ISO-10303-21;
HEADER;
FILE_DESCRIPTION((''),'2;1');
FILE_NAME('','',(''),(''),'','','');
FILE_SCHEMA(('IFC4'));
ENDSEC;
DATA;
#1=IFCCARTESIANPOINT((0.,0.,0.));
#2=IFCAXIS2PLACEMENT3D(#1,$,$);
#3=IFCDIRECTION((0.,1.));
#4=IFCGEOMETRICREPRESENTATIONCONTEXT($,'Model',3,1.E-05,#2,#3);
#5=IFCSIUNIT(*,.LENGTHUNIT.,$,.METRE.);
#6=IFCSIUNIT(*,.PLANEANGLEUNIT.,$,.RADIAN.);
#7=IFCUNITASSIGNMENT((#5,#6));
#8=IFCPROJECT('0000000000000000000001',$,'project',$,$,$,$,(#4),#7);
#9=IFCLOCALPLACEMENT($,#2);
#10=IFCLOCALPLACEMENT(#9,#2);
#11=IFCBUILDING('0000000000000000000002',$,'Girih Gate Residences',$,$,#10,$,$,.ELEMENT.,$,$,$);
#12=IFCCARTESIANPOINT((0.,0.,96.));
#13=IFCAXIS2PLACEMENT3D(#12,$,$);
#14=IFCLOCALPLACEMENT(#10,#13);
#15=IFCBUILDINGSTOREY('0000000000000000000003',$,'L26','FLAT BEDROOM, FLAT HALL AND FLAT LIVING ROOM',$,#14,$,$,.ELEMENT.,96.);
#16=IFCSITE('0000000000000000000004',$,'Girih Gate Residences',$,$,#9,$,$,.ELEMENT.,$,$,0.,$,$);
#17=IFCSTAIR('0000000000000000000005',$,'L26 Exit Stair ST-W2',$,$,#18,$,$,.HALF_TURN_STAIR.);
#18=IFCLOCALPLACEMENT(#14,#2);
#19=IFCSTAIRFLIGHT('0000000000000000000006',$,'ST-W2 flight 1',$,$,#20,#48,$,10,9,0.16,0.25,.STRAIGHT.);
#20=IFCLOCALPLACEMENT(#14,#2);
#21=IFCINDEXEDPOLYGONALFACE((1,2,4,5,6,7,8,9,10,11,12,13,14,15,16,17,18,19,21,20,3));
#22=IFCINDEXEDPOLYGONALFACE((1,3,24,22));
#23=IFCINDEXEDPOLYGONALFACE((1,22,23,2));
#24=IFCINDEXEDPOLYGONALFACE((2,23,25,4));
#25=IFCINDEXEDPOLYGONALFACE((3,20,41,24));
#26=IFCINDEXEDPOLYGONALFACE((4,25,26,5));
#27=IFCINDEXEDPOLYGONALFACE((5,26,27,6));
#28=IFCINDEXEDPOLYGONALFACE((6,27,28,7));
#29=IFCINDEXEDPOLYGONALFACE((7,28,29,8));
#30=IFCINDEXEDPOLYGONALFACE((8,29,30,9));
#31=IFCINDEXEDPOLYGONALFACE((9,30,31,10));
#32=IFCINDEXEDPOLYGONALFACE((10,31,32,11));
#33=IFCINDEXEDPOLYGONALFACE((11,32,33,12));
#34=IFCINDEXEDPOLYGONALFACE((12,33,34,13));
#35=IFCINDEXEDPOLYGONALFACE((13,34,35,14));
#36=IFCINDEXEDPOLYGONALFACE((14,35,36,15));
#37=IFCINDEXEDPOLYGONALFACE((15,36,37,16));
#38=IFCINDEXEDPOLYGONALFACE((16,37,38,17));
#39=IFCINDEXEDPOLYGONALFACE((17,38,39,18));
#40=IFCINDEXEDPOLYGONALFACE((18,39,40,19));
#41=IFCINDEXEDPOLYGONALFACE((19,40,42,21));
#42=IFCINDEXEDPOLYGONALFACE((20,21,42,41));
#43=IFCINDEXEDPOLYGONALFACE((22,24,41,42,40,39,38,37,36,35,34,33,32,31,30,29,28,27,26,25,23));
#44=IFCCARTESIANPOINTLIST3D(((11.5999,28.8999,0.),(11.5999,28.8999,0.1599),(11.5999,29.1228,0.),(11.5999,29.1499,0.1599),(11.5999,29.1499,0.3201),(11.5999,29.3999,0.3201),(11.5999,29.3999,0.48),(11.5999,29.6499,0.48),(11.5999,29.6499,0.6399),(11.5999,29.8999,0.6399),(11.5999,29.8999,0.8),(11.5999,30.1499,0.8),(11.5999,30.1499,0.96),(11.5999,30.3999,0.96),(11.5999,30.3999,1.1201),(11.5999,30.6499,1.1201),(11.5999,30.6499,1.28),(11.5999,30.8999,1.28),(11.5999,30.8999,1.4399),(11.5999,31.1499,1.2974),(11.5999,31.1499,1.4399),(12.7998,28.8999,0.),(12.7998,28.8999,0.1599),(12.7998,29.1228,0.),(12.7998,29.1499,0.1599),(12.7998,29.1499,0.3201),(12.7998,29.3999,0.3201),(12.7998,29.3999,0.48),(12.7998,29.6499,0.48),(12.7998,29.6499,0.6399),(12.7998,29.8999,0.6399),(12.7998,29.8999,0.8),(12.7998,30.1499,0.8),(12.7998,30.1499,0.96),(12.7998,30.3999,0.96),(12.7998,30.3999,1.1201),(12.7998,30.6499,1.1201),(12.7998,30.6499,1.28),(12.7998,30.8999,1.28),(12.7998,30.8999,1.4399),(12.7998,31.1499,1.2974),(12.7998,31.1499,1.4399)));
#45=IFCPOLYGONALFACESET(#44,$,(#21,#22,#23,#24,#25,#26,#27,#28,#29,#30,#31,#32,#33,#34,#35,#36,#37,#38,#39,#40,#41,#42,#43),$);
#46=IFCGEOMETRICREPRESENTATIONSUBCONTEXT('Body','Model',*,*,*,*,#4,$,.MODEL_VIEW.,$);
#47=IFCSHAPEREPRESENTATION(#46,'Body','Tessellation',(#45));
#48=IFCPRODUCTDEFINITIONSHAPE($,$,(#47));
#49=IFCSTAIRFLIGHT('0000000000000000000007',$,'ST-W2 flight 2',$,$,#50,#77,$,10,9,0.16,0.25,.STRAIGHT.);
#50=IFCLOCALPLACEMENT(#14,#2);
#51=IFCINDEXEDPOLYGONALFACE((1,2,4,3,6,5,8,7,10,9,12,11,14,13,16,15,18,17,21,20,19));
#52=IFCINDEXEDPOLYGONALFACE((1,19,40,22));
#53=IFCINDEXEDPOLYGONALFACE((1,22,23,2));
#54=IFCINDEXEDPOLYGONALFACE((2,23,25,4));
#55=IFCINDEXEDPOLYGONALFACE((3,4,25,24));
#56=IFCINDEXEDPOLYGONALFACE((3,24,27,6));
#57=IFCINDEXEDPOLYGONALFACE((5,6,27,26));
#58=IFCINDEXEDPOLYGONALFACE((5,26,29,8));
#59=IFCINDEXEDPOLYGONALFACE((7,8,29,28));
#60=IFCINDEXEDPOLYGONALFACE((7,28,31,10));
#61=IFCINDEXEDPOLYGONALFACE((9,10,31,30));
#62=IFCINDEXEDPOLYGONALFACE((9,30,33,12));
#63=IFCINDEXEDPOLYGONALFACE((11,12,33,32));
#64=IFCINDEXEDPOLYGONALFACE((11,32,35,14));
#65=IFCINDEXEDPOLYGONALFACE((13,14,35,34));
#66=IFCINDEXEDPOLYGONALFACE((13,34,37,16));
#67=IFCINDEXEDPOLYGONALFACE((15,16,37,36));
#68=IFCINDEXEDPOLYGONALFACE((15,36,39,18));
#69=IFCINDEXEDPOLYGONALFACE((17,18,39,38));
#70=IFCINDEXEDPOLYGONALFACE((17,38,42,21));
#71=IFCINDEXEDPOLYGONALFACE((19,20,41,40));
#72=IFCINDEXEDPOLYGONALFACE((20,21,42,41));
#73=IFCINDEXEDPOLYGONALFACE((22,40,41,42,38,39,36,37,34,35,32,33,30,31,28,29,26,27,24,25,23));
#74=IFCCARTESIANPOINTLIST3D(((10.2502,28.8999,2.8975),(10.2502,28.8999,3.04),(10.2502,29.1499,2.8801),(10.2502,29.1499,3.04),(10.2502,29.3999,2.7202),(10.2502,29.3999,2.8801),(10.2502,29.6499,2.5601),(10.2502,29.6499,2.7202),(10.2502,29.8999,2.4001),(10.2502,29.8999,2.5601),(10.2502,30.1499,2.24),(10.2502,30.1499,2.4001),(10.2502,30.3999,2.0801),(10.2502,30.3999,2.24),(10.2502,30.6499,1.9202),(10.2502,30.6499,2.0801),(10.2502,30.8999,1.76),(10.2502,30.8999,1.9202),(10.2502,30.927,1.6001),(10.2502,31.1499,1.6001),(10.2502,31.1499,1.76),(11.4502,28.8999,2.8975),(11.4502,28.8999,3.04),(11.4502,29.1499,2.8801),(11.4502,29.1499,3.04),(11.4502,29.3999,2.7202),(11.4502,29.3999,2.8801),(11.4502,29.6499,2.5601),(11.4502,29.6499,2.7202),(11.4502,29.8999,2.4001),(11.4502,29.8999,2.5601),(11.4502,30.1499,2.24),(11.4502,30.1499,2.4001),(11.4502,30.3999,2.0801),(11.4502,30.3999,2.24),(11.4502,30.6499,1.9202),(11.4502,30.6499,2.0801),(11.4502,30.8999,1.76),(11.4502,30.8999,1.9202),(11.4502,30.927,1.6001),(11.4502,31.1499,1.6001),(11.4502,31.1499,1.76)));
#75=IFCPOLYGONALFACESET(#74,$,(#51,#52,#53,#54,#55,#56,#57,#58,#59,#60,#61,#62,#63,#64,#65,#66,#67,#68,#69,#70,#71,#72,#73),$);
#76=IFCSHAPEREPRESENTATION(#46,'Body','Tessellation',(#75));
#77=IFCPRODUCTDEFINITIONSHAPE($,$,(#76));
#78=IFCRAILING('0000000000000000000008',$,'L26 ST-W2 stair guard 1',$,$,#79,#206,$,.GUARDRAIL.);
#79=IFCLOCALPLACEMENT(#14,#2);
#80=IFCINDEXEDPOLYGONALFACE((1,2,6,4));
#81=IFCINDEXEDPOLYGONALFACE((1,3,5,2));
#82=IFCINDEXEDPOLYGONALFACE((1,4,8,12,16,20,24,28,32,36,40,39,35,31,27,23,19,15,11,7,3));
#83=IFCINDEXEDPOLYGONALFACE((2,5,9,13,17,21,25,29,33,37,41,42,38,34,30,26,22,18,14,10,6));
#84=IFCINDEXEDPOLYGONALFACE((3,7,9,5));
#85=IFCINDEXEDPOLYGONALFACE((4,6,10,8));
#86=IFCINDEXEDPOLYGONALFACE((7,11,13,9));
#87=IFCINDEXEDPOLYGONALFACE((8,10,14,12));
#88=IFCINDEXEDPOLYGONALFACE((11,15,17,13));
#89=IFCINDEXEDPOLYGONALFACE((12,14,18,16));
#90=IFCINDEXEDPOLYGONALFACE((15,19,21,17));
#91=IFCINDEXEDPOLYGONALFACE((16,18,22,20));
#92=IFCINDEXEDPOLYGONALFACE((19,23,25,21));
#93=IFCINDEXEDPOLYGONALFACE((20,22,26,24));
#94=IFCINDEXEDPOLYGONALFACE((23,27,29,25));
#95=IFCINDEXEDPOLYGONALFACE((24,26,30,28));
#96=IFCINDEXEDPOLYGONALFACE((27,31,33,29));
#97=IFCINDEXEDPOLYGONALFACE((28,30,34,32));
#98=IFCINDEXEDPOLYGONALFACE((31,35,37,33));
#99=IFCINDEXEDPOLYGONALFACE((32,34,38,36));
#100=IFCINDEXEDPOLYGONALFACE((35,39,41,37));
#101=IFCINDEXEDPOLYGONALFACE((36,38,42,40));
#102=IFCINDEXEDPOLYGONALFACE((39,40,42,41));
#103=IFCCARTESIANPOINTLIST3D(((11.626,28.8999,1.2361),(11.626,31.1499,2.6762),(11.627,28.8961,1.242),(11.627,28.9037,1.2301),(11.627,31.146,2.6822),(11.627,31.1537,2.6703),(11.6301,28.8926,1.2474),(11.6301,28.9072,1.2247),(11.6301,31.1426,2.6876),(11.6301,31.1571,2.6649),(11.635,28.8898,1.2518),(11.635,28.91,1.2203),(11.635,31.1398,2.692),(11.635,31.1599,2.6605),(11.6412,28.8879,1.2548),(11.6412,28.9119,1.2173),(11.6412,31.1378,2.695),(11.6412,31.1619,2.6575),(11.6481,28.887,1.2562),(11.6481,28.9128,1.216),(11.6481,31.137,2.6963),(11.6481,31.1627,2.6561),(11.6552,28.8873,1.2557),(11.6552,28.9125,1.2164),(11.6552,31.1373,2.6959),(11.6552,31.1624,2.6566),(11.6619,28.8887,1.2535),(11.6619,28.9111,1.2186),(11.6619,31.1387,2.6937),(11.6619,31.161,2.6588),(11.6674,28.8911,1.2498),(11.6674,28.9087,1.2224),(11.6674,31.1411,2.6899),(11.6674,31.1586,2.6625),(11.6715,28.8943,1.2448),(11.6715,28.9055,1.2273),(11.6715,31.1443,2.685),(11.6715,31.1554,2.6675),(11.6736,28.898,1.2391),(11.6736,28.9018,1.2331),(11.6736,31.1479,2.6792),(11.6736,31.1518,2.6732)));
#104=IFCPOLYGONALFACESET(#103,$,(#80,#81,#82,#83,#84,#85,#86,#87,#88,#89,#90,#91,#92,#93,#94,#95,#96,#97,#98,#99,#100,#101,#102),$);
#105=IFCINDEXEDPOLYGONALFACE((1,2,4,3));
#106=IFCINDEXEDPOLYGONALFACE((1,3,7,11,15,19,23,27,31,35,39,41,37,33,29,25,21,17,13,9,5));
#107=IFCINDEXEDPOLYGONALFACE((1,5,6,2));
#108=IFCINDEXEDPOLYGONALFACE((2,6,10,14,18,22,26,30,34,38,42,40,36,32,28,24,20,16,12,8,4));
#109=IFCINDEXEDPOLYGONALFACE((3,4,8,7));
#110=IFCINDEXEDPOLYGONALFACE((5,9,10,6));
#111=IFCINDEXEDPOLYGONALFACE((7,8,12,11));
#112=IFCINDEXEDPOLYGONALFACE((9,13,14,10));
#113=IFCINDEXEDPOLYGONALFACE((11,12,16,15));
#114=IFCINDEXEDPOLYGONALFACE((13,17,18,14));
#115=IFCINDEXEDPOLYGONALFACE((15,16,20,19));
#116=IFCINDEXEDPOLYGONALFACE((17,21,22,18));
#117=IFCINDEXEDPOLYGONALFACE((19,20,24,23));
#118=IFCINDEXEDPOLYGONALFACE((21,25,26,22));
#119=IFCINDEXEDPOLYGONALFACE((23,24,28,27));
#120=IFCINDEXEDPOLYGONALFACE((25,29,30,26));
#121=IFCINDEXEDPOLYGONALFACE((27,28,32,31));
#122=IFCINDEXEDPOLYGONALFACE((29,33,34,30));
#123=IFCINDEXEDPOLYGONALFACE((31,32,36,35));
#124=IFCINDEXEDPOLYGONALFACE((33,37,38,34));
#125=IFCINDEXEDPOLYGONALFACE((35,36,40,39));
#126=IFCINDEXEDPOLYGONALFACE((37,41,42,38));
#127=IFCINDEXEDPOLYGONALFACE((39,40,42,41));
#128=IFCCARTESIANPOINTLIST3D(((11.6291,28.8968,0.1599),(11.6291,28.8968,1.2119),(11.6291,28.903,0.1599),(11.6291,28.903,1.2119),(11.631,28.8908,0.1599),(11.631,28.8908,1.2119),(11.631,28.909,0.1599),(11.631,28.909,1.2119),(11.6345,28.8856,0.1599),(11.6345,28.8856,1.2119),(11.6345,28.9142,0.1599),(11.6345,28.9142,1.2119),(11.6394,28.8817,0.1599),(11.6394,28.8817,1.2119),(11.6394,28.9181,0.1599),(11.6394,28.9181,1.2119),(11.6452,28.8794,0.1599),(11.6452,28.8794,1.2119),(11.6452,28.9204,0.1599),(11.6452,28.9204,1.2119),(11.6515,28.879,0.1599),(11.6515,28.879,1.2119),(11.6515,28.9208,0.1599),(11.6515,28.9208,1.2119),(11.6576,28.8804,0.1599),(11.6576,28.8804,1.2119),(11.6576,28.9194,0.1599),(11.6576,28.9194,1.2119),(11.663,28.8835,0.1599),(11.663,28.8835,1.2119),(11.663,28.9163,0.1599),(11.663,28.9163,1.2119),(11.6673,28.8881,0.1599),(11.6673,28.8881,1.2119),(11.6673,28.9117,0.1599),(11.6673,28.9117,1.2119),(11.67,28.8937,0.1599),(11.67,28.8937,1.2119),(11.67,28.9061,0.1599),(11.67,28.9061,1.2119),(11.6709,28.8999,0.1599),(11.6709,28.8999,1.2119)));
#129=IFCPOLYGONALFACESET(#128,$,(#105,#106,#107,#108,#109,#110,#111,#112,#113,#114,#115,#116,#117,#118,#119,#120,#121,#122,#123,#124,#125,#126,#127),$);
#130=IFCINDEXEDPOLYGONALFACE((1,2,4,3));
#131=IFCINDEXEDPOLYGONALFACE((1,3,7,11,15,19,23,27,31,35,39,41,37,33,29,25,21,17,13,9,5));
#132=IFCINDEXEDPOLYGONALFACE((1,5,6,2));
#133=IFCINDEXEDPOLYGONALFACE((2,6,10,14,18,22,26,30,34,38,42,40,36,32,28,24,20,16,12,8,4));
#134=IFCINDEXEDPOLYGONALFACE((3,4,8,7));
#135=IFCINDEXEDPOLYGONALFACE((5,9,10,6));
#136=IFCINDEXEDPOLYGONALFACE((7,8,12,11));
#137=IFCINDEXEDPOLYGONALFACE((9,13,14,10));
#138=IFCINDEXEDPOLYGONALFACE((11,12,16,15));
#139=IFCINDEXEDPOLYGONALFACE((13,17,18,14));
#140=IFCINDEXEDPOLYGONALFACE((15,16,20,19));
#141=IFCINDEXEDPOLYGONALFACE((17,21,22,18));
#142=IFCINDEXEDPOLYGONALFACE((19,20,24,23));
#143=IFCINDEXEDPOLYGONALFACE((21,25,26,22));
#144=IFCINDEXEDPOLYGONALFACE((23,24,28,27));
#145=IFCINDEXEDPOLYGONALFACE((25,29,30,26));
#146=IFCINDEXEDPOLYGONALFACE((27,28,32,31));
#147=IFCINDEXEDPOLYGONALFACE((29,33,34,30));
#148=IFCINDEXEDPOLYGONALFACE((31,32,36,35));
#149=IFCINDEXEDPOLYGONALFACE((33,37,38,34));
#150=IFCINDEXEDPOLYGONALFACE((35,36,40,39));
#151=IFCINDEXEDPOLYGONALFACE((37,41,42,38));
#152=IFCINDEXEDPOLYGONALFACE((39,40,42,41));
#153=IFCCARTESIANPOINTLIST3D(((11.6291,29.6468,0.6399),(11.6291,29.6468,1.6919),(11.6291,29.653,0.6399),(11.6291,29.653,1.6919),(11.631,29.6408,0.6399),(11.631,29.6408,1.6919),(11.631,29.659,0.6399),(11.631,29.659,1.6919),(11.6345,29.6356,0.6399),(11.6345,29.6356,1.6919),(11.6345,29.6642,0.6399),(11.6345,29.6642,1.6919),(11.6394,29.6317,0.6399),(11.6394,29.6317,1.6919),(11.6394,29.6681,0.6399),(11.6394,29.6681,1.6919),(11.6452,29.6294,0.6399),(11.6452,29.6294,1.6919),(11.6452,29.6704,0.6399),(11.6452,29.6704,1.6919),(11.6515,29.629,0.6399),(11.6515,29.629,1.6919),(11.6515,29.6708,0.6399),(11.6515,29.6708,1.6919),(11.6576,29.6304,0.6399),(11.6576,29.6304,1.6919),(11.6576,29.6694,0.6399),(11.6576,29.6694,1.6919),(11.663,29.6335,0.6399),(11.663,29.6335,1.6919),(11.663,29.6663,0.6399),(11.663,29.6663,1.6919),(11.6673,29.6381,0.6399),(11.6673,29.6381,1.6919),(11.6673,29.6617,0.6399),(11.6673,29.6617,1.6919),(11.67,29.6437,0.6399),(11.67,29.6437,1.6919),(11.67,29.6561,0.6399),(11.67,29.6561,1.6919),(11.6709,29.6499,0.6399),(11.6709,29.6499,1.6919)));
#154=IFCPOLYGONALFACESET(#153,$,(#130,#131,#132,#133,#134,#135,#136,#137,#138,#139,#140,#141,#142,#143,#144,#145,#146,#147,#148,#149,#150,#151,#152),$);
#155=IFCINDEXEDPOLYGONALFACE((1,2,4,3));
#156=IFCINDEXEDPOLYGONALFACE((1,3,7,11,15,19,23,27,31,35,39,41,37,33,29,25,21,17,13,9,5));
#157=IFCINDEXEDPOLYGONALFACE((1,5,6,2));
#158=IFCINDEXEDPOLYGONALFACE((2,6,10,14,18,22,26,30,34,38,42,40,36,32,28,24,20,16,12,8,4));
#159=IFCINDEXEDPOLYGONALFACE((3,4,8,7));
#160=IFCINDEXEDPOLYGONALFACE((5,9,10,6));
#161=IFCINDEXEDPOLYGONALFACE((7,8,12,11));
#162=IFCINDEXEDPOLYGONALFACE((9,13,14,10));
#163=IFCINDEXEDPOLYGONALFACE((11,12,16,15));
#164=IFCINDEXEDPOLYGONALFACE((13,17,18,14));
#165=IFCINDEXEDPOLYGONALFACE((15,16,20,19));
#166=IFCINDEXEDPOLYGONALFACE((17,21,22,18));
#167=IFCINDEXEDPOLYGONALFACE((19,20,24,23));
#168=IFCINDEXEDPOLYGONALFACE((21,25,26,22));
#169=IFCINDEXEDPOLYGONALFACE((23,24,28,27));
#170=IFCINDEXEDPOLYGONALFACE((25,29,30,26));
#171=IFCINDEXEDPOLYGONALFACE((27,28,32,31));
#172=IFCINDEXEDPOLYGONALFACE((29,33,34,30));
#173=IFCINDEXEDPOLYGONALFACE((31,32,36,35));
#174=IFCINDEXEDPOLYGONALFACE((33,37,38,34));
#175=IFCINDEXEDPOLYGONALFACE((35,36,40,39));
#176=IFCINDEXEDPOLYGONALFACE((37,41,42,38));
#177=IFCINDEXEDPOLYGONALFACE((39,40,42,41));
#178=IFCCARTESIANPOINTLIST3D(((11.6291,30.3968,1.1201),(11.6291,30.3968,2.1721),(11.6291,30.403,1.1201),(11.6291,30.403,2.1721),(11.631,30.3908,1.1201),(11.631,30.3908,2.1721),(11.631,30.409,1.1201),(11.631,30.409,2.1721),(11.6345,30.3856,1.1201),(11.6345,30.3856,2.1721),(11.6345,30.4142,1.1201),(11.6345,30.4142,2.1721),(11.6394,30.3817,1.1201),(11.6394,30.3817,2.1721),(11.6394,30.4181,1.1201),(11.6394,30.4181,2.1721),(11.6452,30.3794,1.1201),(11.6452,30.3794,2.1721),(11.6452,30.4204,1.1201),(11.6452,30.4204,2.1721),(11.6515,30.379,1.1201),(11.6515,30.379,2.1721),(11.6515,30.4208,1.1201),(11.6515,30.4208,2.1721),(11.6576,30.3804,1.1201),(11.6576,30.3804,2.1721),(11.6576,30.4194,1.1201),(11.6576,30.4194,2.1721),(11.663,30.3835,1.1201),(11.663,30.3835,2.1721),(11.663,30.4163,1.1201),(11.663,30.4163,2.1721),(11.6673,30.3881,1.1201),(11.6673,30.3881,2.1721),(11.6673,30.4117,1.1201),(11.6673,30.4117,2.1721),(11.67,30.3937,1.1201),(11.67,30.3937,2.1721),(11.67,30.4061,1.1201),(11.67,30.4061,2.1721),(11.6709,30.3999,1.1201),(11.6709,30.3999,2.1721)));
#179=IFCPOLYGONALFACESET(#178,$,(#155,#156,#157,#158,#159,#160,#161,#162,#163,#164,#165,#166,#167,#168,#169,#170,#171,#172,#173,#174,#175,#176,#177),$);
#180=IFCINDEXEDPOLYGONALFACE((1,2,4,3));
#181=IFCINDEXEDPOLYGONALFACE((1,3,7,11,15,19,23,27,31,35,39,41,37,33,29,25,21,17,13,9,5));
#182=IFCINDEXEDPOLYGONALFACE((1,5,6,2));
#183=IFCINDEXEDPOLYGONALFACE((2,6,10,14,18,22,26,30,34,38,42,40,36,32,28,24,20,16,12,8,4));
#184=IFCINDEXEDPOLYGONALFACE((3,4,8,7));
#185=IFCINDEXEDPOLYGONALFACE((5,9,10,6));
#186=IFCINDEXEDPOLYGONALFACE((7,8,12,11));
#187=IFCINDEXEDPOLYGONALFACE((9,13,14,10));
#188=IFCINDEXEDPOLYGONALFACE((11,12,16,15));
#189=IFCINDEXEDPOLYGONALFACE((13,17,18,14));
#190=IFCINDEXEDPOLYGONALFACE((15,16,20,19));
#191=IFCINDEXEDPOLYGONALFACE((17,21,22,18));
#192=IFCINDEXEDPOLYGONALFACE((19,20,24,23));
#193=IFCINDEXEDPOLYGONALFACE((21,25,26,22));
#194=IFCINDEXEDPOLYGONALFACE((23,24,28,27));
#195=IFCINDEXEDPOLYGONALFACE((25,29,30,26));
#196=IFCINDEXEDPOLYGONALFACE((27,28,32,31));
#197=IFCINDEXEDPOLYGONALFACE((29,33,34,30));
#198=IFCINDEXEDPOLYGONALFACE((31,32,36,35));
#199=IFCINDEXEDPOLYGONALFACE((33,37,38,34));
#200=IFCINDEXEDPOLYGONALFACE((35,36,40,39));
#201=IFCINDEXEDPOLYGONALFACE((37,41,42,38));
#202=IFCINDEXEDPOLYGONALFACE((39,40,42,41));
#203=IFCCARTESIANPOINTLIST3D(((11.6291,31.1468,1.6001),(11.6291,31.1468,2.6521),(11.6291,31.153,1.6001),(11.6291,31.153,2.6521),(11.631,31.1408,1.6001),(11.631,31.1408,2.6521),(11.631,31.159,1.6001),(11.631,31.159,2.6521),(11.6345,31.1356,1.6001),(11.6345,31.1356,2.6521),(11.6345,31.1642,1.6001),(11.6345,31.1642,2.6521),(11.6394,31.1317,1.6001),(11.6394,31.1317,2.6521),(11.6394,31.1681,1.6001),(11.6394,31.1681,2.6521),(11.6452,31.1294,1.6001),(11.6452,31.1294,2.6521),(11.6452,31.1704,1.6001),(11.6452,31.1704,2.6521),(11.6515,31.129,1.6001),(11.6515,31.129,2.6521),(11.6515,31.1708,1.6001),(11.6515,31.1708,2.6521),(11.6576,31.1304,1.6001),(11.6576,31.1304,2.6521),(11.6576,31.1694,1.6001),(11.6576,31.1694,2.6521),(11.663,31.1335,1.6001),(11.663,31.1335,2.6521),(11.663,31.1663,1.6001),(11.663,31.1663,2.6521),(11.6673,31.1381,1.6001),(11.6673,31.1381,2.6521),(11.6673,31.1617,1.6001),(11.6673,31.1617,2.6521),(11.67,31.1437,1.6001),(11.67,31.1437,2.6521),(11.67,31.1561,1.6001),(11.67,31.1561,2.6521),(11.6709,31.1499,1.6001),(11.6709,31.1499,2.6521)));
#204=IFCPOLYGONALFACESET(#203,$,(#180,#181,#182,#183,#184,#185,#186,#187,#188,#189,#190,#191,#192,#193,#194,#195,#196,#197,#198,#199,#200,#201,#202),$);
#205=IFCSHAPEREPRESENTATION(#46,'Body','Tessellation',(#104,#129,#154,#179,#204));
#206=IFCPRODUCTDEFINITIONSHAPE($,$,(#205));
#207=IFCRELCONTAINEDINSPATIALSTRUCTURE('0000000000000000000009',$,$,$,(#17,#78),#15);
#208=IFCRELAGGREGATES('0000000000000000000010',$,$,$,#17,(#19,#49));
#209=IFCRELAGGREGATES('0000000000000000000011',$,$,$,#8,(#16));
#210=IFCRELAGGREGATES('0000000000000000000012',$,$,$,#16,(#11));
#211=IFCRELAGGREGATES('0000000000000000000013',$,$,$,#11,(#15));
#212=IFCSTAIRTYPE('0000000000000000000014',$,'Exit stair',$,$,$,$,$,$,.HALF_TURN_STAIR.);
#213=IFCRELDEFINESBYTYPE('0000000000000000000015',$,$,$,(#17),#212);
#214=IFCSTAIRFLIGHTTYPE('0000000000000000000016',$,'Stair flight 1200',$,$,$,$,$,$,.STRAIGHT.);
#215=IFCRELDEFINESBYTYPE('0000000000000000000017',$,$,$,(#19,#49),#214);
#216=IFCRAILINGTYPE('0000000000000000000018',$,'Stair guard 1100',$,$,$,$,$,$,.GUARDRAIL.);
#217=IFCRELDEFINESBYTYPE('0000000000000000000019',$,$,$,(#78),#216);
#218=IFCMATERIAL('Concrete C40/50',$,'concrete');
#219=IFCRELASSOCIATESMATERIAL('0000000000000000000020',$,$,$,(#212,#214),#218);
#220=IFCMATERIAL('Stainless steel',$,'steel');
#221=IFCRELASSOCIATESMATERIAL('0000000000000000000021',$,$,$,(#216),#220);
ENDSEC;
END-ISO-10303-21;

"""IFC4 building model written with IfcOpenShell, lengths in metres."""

from ifc_helpers import new_model, si_unit, direction, frame, origin, origin_2d, place, context, subcontext, project, spatial, polyline, circle, outline, extrude, material, type_object, element, aggregate, save


model = new_model("IFC4")

# Units and contexts
model_context = context("Model", 3, precision=1e-05, world=origin(), true_north=direction((0.0, 1.0)))
body_context = subcontext(model_context, "Body", "Model", "MODEL_VIEW")
ifc_project = project(units=[si_unit("LENGTHUNIT", "METRE"), si_unit("PLANEANGLEUNIT", "RADIAN")], contexts=[model_context])

# Site, building, storey
site_placement = place(None, origin())
site = spatial("IfcSite", under=ifc_project, at=site_placement, Name="Girih Gate Residences", CompositionType="ELEMENT", RefElevation=0.0)
building_placement = place(site_placement, origin())
building = spatial("IfcBuilding", under=site, at=building_placement, Name="Girih Gate Residences", CompositionType="ELEMENT")
storey_placement = place(building_placement, frame((0.0, 0.0, 96.0)))
storey = spatial("IfcBuildingStorey", under=building, at=storey_placement, Name="L26", Description="FLAT BEDROOM, FLAT HALL AND FLAT LIVING ROOM", CompositionType="ELEMENT", Elevation=96.0)

# Shared definitions
ifc_material_1 = material(Name="Concrete C40/50", Category="concrete")

# Stair, stair flights
stair_type = type_object("IfcStairType", Name="Exit stair", PredefinedType="HALF_TURN_STAIR", material=ifc_material_1)
stair_placement = place(storey_placement, origin())
stair = element("IfcStair", 1, at=stair_placement, inside=storey, type_object=stair_type, Name="L26 Exit Stair ST-W2", PredefinedType="HALF_TURN_STAIR")
stair_flight_type = type_object("IfcStairFlightType", Name="Stair flight 1200", PredefinedType="STRAIGHT", material=ifc_material_1)
stair_flight_1_placement = place(storey_placement, frame((12.2, 28.8999, 0.0), z_axis=(0.0, 0.0, 1.0), x_axis=(0.0, 1.0, 0.0)))
stair_flight_1 = element("IfcStairFlight", 2, at=stair_flight_1_placement, type_object=stair_flight_type, Name="ST-W2 flight 1", NumberOfRisers=10, NumberOfTreads=9, PredefinedType="STRAIGHT", RiserHeight=0.16, TreadLength=0.25, context=body_context, shape_type="SweptSolid", body=[
    extrude(outline(polyline([(0.0, 0.0), (0.0, 0.1599), (0.25, 0.1599), (0.25, 0.3201), (0.5, 0.3201), (0.5, 0.48), (0.75, 0.48), (0.75, 0.6399), (1.0, 0.6399), (1.0, 0.8), (1.25, 0.8), (1.25, 0.96), (1.5, 0.96), (1.5, 1.1201), (1.75, 1.1201), (1.75, 1.28), (2.0, 1.28), (2.0, 1.4399), (2.25, 1.4399), (2.25, 1.6001), (2.25, 1.2974), (0.2229, 0.0), (0.0, 0.0)])), frame((0.0, 0.6001, 0.0), z_axis=(0.0, -1.0, 0.0), x_axis=(1.0, 0.0, 0.0)), (0.0, 0.0, 1.0), 1.2),
])
stair_flight_2_placement = place(storey_placement, frame((10.8501, 31.1499, 1.6001), z_axis=(0.0, 0.0, 1.0), x_axis=(0.0, -1.0, 0.0)))
stair_flight_2 = element("IfcStairFlight", 3, at=stair_flight_2_placement, type_object=stair_flight_type, Name="ST-W2 flight 2", NumberOfRisers=10, NumberOfTreads=9, PredefinedType="STRAIGHT", RiserHeight=0.16, TreadLength=0.25, context=body_context, shape_type="SweptSolid", body=[
    extrude(outline(polyline([(0.0, 0.0), (0.0, 0.1599), (0.25, 0.1599), (0.25, 0.3201), (0.5, 0.3201), (0.5, 0.48), (0.75, 0.48), (0.75, 0.6399), (1.0, 0.6399), (1.0, 0.8), (1.25, 0.8), (1.25, 0.96), (1.5, 0.96), (1.5, 1.1201), (1.75, 1.1201), (1.75, 1.28), (2.0, 1.28), (2.0, 1.4399), (2.25, 1.4399), (2.25, 1.6001), (2.25, 1.2974), (0.2229, 0.0), (0.0, 0.0)])), frame((0.0, 0.6001, 0.0), z_axis=(0.0, -1.0, 0.0), x_axis=(1.0, 0.0, 0.0)), (0.0, 0.0, 1.0), 1.2),
])
aggregate(stair, [stair_flight_1, stair_flight_2])

# Railing
ifc_material_2 = material(Name="Stainless steel", Category="steel")
railing_type_1 = type_object("IfcRailingType", Name="Stair guard 1100", PredefinedType="GUARDRAIL", material=ifc_material_2)
railing_1_placement = place(storey_placement, frame((11.6499, 28.8999, 0.1599)))
element("IfcRailing", 4, at=railing_1_placement, inside=storey, type_object=railing_type_1, Name="L26 ST-W2 stair guard 1", PredefinedType="GUARDRAIL", context=body_context, shape_type="SweptSolid", body=[
    extrude(circle(Radius=0.0239, at=origin_2d()), frame((0.0, 0.0, 1.0762), z_axis=(0.0, 0.84224, 0.539103), x_axis=(-1.0, 0.0, 0.0)), (0.0, 0.0, 1.0), 2.6714),
    extrude(circle(Radius=0.021, at=origin_2d()), origin(), (0.0, 0.0, 1.0), 1.052),
    extrude(circle(Radius=0.021, at=origin_2d()), frame((0.0, 0.75, 0.48)), (0.0, 0.0, 1.0), 1.052),
    extrude(circle(Radius=0.021, at=origin_2d()), frame((0.0, 1.5, 0.9602)), (0.0, 0.0, 1.0), 1.052),
    extrude(circle(Radius=0.021, at=origin_2d()), frame((0.0, 2.25, 1.4402)), (0.0, 0.0, 1.0), 1.052),
])

save(model, "model.ifc")
